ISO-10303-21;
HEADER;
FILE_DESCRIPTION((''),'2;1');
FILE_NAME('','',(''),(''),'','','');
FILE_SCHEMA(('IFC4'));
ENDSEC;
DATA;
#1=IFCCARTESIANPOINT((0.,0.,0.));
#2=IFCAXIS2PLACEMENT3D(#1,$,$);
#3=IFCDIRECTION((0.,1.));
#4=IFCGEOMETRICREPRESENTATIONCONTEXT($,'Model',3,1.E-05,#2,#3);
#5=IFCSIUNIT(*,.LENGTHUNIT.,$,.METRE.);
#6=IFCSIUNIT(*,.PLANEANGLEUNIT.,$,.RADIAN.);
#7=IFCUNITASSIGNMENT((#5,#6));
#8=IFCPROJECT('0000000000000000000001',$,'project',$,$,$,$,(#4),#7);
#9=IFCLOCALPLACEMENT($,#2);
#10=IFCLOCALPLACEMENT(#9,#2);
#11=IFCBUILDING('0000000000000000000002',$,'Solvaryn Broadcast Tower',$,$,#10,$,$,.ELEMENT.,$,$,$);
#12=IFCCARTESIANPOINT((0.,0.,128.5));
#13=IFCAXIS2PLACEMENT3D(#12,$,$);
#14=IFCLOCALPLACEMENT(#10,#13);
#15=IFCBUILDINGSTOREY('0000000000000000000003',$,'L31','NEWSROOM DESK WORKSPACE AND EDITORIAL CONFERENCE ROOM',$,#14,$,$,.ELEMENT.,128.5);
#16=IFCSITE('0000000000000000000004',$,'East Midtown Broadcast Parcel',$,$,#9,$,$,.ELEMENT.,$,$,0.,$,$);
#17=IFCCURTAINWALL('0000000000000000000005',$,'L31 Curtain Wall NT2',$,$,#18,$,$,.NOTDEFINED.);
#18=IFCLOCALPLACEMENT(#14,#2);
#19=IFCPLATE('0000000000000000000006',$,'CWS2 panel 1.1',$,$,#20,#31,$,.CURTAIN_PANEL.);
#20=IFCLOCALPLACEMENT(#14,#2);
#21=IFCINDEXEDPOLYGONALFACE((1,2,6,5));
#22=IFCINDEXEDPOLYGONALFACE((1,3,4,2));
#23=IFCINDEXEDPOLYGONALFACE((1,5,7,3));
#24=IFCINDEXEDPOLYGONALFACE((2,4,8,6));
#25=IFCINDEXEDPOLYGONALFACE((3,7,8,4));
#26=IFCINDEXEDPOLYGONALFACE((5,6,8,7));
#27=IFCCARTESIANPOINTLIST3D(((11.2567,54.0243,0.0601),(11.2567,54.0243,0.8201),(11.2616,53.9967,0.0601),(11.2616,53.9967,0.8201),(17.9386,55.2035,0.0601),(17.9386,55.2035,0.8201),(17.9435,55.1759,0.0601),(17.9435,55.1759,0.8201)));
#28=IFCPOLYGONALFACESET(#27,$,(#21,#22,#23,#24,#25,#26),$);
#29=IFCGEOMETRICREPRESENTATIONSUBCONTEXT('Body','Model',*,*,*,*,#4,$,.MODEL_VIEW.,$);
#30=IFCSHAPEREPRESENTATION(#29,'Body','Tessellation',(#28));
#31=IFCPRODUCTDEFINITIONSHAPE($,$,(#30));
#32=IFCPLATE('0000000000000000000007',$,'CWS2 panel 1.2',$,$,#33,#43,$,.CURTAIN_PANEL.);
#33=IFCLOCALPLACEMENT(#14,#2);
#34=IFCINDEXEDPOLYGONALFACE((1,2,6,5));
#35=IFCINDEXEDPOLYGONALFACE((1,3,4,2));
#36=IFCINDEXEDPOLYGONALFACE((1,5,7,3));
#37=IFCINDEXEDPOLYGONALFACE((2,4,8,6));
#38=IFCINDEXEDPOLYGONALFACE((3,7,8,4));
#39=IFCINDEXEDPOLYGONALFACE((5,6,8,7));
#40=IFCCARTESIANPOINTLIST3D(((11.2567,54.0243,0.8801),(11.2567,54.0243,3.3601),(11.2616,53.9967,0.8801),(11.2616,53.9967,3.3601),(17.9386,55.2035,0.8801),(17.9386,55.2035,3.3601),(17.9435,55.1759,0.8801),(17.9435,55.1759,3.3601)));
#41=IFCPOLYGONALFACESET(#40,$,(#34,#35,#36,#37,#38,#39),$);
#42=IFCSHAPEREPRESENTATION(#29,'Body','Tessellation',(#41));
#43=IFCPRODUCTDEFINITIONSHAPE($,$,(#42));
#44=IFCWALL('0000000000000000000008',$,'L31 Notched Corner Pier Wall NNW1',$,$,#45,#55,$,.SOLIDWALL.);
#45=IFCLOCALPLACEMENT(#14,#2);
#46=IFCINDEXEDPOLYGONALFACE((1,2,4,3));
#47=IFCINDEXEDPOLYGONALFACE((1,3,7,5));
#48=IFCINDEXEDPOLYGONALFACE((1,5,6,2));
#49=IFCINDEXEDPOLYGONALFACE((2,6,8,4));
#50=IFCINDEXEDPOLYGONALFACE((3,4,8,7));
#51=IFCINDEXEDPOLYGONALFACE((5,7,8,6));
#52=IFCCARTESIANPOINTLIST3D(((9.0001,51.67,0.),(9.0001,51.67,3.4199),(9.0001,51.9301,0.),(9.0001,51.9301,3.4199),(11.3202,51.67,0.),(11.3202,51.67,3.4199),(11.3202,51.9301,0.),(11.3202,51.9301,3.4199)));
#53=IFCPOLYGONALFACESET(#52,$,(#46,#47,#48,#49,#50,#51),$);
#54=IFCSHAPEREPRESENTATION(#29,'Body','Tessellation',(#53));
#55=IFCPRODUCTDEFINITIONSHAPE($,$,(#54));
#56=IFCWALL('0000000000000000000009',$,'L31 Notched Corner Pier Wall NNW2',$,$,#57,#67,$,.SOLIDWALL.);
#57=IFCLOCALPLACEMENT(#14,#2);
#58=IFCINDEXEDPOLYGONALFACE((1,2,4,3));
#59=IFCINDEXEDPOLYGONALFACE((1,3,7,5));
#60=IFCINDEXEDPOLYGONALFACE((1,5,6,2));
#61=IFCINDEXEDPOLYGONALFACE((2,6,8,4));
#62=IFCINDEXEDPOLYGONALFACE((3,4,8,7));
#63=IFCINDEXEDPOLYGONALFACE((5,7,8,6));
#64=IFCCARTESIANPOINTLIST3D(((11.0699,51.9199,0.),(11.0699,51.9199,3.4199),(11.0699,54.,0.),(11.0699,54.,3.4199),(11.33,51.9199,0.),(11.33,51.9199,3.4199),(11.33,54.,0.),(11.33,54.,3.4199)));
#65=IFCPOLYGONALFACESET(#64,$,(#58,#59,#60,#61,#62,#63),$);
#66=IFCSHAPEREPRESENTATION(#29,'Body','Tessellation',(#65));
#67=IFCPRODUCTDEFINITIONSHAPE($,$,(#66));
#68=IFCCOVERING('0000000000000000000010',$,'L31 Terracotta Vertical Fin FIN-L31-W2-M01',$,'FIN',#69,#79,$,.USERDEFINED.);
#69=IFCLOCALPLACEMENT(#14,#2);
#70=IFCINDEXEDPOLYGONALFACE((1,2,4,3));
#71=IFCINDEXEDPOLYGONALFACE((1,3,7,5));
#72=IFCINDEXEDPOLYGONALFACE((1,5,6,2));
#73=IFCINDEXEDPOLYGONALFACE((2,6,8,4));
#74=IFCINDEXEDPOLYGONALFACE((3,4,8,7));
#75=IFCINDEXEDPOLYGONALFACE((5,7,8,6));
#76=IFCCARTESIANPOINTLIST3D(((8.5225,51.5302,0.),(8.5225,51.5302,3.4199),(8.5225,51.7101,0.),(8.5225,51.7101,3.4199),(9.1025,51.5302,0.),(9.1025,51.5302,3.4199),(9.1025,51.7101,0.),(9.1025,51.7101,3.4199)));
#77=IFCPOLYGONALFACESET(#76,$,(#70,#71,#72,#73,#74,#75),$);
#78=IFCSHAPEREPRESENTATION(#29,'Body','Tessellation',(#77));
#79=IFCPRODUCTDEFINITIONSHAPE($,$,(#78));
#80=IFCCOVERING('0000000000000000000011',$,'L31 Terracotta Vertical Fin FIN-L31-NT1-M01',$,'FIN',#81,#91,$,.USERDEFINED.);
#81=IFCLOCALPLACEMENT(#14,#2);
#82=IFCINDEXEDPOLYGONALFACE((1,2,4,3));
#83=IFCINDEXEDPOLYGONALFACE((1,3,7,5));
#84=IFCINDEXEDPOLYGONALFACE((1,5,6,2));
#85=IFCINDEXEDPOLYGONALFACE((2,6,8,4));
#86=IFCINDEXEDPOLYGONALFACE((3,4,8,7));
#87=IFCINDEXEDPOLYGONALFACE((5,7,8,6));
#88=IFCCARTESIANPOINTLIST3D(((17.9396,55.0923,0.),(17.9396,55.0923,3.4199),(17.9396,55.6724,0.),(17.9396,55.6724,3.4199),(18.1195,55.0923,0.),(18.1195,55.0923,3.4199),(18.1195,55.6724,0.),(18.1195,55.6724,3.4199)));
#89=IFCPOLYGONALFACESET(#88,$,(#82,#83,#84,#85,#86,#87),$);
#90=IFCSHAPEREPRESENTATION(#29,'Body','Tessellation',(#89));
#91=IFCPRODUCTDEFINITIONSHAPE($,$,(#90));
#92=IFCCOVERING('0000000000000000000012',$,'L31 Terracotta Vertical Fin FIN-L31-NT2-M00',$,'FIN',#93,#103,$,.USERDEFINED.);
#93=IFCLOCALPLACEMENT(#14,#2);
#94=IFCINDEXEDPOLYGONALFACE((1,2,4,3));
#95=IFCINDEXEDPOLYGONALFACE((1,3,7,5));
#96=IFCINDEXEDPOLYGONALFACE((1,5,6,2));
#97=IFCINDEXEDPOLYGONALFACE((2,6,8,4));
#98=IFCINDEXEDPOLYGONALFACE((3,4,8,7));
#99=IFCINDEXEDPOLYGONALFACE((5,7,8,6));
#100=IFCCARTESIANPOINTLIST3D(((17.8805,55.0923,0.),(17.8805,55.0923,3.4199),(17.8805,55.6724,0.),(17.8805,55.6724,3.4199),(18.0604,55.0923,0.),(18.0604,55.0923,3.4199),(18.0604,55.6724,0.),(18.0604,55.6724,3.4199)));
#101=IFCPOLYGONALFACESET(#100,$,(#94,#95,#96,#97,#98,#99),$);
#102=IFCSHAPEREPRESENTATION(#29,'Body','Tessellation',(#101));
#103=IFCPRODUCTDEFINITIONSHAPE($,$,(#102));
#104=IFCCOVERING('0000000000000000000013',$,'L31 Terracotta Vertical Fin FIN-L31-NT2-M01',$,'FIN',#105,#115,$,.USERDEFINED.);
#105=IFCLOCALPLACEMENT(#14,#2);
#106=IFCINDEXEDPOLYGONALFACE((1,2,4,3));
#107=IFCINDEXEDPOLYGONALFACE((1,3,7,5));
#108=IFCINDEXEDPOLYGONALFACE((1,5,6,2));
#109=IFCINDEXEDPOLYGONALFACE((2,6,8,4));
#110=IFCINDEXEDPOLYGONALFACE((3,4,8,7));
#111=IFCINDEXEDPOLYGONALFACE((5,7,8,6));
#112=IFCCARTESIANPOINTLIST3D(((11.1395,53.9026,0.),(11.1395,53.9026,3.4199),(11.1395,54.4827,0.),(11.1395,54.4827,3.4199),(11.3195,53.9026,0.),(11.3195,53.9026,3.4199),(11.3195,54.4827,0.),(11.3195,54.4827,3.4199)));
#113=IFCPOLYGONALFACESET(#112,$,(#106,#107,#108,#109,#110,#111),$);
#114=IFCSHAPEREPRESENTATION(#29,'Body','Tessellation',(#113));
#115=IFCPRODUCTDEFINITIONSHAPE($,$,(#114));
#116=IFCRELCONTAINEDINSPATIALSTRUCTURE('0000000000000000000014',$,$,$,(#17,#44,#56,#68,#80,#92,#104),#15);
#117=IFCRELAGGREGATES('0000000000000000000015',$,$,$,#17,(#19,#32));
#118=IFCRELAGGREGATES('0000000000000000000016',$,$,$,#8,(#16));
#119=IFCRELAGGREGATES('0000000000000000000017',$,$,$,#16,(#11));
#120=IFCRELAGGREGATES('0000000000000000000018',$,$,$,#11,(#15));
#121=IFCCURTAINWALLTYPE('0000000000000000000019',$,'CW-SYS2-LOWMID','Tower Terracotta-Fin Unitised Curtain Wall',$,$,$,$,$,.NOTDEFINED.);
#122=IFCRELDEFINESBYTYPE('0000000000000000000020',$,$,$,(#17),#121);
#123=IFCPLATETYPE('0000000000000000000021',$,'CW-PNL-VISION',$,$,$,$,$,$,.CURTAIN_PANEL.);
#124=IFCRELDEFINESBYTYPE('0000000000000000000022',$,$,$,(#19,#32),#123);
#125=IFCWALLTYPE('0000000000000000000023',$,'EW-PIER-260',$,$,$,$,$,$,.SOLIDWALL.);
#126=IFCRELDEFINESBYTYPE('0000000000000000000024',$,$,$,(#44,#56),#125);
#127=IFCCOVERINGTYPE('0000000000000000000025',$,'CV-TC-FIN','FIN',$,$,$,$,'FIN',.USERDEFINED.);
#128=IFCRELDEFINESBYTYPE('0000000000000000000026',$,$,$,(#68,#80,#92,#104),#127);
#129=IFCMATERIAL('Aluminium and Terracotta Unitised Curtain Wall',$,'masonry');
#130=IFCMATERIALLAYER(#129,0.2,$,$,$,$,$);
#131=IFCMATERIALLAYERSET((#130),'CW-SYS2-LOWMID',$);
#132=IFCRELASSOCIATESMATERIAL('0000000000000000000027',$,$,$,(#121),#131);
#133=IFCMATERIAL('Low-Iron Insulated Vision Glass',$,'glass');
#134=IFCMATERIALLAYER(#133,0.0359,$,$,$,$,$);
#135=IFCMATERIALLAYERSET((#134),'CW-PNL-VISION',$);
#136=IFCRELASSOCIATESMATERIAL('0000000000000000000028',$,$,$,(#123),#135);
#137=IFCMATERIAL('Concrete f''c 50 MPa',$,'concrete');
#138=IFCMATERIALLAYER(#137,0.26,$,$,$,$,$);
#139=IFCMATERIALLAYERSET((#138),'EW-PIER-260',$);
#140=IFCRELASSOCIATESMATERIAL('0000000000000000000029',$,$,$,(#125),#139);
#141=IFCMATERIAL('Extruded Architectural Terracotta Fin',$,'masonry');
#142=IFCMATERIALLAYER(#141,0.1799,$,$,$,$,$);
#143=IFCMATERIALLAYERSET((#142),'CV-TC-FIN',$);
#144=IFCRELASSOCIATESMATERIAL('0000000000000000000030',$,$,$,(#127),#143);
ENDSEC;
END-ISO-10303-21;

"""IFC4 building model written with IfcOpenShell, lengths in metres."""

from ifc_helpers import new_model, si_unit, direction, frame, frame_2d, origin, origin_2d, place, context, subcontext, project, spatial, rectangle, extrude, material, layer, layer_set, type_object, element, aggregate, save


model = new_model("IFC4")

# Units and contexts
model_context = context("Model", 3, precision=1e-05, world=origin(), true_north=direction((0.0, 1.0)))
body_context = subcontext(model_context, "Body", "Model", "MODEL_VIEW")
ifc_project = project(units=[si_unit("LENGTHUNIT", "METRE"), si_unit("PLANEANGLEUNIT", "RADIAN")], contexts=[model_context])

# Site, building, storey
site_placement = place(None, origin())
site = spatial("IfcSite", under=ifc_project, at=site_placement, Name="East Midtown Broadcast Parcel", CompositionType="ELEMENT", RefElevation=0.0)
building_placement = place(site_placement, origin())
building = spatial("IfcBuilding", under=site, at=building_placement, Name="Solvaryn Broadcast Tower", CompositionType="ELEMENT")
storey_placement = place(building_placement, frame((0.0, 0.0, 128.5)))
storey = spatial("IfcBuildingStorey", under=building, at=storey_placement, Name="L31", Description="NEWSROOM DESK WORKSPACE AND EDITORIAL CONFERENCE ROOM", CompositionType="ELEMENT", Elevation=128.5)

# Shared definitions
ifc_material_1 = material(Name="Aluminium and Terracotta Unitised Curtain Wall", Category="masonry")
ifc_layer_1 = layer(ifc_material_1, 0.2)
ifc_layer_set_1 = layer_set([ifc_layer_1], Name="CW-SYS2-LOWMID")
curtain_wall_type = type_object("IfcCurtainWallType", Name="CW-SYS2-LOWMID", Description="Tower Terracotta-Fin Unitised Curtain Wall", PredefinedType="NOTDEFINED", material=ifc_layer_set_1)

# Curtain wall
curtain_wall_1_placement = place(storey_placement, origin())
curtain_wall_1 = element("IfcCurtainWall", 1, at=curtain_wall_1_placement, inside=storey, type_object=curtain_wall_type, Name="L31 Curtain Wall NT2", PredefinedType="NOTDEFINED")

# Plates
ifc_material_2 = material(Name="Low-Iron Insulated Vision Glass", Category="glass")
ifc_layer_2 = layer(ifc_material_2, 0.0359)
ifc_layer_set_2 = layer_set([ifc_layer_2], Name="CW-PNL-VISION")
plate_type = type_object("IfcPlateType", Name="CW-PNL-VISION", PredefinedType="CURTAIN_PANEL", material=ifc_layer_set_2)
plate_1_placement = place(storey_placement, frame((14.6001, 54.6001, 0.0601), z_axis=(0.0, 0.0, 1.0), x_axis=(-0.984784, -0.173785, 0.0)))
plate_1 = element("IfcPlate", 2, at=plate_1_placement, type_object=plate_type, Name="CWS2 panel 1.1", PredefinedType="CURTAIN_PANEL", context=body_context, shape_type="SweptSolid", body=[
    extrude(rectangle(XDim=6.7852, YDim=0.0281, at=origin_2d()), origin(), (0.0, 0.0, 1.0), 0.76),
])
plate_2_placement = place(storey_placement, frame((14.6001, 54.6001, 0.8801), z_axis=(0.0, 0.0, 1.0), x_axis=(-0.984784, -0.173785, 0.0)))
plate_2 = element("IfcPlate", 3, at=plate_2_placement, type_object=plate_type, Name="CWS2 panel 1.2", PredefinedType="CURTAIN_PANEL", context=body_context, shape_type="SweptSolid", body=[
    extrude(rectangle(XDim=6.7852, YDim=0.0281, at=origin_2d()), origin(), (0.0, 0.0, 1.0), 2.48),
])
aggregate(curtain_wall_1, [plate_1, plate_2])

# Walls
ifc_material_3 = material(Name="Concrete f'c 50 MPa", Category="concrete")
ifc_layer_3 = layer(ifc_material_3, 0.26)
ifc_layer_set_3 = layer_set([ifc_layer_3], Name="EW-PIER-260")
wall_type = type_object("IfcWallType", Name="EW-PIER-260", PredefinedType="SOLIDWALL", material=ifc_layer_set_3)
wall_1_placement = place(storey_placement, frame((9.0, 51.8, 0.0), z_axis=(0.0, 0.0, 1.0), x_axis=(1.0, 0.0, 0.0)))
element("IfcWall", 4, at=wall_1_placement, inside=storey, type_object=wall_type, Name="L31 Notched Corner Pier Wall NNW1", PredefinedType="SOLIDWALL", context=body_context, shape_type="SweptSolid", body=[
    extrude(rectangle(XDim=2.3201, YDim=0.26, at=frame_2d((1.1602, 0.0))), origin(), (0.0, 0.0, 1.0), 3.4199),
])
wall_2_placement = place(storey_placement, frame((11.2, 51.9199, 0.0), z_axis=(0.0, 0.0, 1.0), x_axis=(0.0, 1.0, 0.0)))
element("IfcWall", 5, at=wall_2_placement, inside=storey, type_object=wall_type, Name="L31 Notched Corner Pier Wall NNW2", PredefinedType="SOLIDWALL", context=body_context, shape_type="SweptSolid", body=[
    extrude(rectangle(XDim=2.0801, YDim=0.26, at=frame_2d((1.04, 0.0))), origin(), (0.0, 0.0, 1.0), 3.4199),
])

# Coverings
ifc_material_4 = material(Name="Extruded Architectural Terracotta Fin", Category="masonry")
ifc_layer_4 = layer(ifc_material_4, 0.1799)
ifc_layer_set_4 = layer_set([ifc_layer_4], Name="CV-TC-FIN")
covering_type = type_object("IfcCoveringType", Name="CV-TC-FIN", Description="FIN", ElementType="FIN", PredefinedType="USERDEFINED", material=ifc_layer_set_4)
covering_placement = place(storey_placement, frame((8.8125, 51.6201, 0.0), z_axis=(0.0, 0.0, 1.0), x_axis=(1.0, 0.0, 0.0)))
element("IfcCovering", 6, at=covering_placement, inside=storey, type_object=covering_type, Name="L31 Terracotta Vertical Fin FIN-L31-W2-M01", ObjectType="FIN", PredefinedType="USERDEFINED", context=body_context, shape_type="SweptSolid", body=[
    extrude(rectangle(XDim=0.5801, YDim=0.1799, at=origin_2d()), origin(), (0.0, 0.0, 1.0), 3.4199),
])
for number, where, z_axis, x_axis, name in (
    (7, (18.0295, 55.3823, 0.0), (0.0, 0.0, 1.0), (1.0, 0.0, 0.0), "L31 Terracotta Vertical Fin FIN-L31-NT1-M01"),
    (8, (17.9705, 55.3823, 0.0), (0.0, 0.0, 1.0), (1.0, 0.0, 0.0), "L31 Terracotta Vertical Fin FIN-L31-NT2-M00"),
    (9, (11.2295, 54.1926, 0.0), (0.0, 0.0, 1.0), (1.0, 0.0, 0.0), "L31 Terracotta Vertical Fin FIN-L31-NT2-M01"),
):
    element("IfcCovering", number, at=place(storey_placement, frame(where, z_axis=z_axis, x_axis=x_axis)), inside=storey, type_object=covering_type, Name=name, ObjectType="FIN", PredefinedType="USERDEFINED", context=body_context, shape_type="SweptSolid", body=[
        extrude(rectangle(XDim=0.1799, YDim=0.5801, at=origin_2d()), origin(), (0.0, 0.0, 1.0), 3.4199),
    ])

save(model, "model.ifc")
